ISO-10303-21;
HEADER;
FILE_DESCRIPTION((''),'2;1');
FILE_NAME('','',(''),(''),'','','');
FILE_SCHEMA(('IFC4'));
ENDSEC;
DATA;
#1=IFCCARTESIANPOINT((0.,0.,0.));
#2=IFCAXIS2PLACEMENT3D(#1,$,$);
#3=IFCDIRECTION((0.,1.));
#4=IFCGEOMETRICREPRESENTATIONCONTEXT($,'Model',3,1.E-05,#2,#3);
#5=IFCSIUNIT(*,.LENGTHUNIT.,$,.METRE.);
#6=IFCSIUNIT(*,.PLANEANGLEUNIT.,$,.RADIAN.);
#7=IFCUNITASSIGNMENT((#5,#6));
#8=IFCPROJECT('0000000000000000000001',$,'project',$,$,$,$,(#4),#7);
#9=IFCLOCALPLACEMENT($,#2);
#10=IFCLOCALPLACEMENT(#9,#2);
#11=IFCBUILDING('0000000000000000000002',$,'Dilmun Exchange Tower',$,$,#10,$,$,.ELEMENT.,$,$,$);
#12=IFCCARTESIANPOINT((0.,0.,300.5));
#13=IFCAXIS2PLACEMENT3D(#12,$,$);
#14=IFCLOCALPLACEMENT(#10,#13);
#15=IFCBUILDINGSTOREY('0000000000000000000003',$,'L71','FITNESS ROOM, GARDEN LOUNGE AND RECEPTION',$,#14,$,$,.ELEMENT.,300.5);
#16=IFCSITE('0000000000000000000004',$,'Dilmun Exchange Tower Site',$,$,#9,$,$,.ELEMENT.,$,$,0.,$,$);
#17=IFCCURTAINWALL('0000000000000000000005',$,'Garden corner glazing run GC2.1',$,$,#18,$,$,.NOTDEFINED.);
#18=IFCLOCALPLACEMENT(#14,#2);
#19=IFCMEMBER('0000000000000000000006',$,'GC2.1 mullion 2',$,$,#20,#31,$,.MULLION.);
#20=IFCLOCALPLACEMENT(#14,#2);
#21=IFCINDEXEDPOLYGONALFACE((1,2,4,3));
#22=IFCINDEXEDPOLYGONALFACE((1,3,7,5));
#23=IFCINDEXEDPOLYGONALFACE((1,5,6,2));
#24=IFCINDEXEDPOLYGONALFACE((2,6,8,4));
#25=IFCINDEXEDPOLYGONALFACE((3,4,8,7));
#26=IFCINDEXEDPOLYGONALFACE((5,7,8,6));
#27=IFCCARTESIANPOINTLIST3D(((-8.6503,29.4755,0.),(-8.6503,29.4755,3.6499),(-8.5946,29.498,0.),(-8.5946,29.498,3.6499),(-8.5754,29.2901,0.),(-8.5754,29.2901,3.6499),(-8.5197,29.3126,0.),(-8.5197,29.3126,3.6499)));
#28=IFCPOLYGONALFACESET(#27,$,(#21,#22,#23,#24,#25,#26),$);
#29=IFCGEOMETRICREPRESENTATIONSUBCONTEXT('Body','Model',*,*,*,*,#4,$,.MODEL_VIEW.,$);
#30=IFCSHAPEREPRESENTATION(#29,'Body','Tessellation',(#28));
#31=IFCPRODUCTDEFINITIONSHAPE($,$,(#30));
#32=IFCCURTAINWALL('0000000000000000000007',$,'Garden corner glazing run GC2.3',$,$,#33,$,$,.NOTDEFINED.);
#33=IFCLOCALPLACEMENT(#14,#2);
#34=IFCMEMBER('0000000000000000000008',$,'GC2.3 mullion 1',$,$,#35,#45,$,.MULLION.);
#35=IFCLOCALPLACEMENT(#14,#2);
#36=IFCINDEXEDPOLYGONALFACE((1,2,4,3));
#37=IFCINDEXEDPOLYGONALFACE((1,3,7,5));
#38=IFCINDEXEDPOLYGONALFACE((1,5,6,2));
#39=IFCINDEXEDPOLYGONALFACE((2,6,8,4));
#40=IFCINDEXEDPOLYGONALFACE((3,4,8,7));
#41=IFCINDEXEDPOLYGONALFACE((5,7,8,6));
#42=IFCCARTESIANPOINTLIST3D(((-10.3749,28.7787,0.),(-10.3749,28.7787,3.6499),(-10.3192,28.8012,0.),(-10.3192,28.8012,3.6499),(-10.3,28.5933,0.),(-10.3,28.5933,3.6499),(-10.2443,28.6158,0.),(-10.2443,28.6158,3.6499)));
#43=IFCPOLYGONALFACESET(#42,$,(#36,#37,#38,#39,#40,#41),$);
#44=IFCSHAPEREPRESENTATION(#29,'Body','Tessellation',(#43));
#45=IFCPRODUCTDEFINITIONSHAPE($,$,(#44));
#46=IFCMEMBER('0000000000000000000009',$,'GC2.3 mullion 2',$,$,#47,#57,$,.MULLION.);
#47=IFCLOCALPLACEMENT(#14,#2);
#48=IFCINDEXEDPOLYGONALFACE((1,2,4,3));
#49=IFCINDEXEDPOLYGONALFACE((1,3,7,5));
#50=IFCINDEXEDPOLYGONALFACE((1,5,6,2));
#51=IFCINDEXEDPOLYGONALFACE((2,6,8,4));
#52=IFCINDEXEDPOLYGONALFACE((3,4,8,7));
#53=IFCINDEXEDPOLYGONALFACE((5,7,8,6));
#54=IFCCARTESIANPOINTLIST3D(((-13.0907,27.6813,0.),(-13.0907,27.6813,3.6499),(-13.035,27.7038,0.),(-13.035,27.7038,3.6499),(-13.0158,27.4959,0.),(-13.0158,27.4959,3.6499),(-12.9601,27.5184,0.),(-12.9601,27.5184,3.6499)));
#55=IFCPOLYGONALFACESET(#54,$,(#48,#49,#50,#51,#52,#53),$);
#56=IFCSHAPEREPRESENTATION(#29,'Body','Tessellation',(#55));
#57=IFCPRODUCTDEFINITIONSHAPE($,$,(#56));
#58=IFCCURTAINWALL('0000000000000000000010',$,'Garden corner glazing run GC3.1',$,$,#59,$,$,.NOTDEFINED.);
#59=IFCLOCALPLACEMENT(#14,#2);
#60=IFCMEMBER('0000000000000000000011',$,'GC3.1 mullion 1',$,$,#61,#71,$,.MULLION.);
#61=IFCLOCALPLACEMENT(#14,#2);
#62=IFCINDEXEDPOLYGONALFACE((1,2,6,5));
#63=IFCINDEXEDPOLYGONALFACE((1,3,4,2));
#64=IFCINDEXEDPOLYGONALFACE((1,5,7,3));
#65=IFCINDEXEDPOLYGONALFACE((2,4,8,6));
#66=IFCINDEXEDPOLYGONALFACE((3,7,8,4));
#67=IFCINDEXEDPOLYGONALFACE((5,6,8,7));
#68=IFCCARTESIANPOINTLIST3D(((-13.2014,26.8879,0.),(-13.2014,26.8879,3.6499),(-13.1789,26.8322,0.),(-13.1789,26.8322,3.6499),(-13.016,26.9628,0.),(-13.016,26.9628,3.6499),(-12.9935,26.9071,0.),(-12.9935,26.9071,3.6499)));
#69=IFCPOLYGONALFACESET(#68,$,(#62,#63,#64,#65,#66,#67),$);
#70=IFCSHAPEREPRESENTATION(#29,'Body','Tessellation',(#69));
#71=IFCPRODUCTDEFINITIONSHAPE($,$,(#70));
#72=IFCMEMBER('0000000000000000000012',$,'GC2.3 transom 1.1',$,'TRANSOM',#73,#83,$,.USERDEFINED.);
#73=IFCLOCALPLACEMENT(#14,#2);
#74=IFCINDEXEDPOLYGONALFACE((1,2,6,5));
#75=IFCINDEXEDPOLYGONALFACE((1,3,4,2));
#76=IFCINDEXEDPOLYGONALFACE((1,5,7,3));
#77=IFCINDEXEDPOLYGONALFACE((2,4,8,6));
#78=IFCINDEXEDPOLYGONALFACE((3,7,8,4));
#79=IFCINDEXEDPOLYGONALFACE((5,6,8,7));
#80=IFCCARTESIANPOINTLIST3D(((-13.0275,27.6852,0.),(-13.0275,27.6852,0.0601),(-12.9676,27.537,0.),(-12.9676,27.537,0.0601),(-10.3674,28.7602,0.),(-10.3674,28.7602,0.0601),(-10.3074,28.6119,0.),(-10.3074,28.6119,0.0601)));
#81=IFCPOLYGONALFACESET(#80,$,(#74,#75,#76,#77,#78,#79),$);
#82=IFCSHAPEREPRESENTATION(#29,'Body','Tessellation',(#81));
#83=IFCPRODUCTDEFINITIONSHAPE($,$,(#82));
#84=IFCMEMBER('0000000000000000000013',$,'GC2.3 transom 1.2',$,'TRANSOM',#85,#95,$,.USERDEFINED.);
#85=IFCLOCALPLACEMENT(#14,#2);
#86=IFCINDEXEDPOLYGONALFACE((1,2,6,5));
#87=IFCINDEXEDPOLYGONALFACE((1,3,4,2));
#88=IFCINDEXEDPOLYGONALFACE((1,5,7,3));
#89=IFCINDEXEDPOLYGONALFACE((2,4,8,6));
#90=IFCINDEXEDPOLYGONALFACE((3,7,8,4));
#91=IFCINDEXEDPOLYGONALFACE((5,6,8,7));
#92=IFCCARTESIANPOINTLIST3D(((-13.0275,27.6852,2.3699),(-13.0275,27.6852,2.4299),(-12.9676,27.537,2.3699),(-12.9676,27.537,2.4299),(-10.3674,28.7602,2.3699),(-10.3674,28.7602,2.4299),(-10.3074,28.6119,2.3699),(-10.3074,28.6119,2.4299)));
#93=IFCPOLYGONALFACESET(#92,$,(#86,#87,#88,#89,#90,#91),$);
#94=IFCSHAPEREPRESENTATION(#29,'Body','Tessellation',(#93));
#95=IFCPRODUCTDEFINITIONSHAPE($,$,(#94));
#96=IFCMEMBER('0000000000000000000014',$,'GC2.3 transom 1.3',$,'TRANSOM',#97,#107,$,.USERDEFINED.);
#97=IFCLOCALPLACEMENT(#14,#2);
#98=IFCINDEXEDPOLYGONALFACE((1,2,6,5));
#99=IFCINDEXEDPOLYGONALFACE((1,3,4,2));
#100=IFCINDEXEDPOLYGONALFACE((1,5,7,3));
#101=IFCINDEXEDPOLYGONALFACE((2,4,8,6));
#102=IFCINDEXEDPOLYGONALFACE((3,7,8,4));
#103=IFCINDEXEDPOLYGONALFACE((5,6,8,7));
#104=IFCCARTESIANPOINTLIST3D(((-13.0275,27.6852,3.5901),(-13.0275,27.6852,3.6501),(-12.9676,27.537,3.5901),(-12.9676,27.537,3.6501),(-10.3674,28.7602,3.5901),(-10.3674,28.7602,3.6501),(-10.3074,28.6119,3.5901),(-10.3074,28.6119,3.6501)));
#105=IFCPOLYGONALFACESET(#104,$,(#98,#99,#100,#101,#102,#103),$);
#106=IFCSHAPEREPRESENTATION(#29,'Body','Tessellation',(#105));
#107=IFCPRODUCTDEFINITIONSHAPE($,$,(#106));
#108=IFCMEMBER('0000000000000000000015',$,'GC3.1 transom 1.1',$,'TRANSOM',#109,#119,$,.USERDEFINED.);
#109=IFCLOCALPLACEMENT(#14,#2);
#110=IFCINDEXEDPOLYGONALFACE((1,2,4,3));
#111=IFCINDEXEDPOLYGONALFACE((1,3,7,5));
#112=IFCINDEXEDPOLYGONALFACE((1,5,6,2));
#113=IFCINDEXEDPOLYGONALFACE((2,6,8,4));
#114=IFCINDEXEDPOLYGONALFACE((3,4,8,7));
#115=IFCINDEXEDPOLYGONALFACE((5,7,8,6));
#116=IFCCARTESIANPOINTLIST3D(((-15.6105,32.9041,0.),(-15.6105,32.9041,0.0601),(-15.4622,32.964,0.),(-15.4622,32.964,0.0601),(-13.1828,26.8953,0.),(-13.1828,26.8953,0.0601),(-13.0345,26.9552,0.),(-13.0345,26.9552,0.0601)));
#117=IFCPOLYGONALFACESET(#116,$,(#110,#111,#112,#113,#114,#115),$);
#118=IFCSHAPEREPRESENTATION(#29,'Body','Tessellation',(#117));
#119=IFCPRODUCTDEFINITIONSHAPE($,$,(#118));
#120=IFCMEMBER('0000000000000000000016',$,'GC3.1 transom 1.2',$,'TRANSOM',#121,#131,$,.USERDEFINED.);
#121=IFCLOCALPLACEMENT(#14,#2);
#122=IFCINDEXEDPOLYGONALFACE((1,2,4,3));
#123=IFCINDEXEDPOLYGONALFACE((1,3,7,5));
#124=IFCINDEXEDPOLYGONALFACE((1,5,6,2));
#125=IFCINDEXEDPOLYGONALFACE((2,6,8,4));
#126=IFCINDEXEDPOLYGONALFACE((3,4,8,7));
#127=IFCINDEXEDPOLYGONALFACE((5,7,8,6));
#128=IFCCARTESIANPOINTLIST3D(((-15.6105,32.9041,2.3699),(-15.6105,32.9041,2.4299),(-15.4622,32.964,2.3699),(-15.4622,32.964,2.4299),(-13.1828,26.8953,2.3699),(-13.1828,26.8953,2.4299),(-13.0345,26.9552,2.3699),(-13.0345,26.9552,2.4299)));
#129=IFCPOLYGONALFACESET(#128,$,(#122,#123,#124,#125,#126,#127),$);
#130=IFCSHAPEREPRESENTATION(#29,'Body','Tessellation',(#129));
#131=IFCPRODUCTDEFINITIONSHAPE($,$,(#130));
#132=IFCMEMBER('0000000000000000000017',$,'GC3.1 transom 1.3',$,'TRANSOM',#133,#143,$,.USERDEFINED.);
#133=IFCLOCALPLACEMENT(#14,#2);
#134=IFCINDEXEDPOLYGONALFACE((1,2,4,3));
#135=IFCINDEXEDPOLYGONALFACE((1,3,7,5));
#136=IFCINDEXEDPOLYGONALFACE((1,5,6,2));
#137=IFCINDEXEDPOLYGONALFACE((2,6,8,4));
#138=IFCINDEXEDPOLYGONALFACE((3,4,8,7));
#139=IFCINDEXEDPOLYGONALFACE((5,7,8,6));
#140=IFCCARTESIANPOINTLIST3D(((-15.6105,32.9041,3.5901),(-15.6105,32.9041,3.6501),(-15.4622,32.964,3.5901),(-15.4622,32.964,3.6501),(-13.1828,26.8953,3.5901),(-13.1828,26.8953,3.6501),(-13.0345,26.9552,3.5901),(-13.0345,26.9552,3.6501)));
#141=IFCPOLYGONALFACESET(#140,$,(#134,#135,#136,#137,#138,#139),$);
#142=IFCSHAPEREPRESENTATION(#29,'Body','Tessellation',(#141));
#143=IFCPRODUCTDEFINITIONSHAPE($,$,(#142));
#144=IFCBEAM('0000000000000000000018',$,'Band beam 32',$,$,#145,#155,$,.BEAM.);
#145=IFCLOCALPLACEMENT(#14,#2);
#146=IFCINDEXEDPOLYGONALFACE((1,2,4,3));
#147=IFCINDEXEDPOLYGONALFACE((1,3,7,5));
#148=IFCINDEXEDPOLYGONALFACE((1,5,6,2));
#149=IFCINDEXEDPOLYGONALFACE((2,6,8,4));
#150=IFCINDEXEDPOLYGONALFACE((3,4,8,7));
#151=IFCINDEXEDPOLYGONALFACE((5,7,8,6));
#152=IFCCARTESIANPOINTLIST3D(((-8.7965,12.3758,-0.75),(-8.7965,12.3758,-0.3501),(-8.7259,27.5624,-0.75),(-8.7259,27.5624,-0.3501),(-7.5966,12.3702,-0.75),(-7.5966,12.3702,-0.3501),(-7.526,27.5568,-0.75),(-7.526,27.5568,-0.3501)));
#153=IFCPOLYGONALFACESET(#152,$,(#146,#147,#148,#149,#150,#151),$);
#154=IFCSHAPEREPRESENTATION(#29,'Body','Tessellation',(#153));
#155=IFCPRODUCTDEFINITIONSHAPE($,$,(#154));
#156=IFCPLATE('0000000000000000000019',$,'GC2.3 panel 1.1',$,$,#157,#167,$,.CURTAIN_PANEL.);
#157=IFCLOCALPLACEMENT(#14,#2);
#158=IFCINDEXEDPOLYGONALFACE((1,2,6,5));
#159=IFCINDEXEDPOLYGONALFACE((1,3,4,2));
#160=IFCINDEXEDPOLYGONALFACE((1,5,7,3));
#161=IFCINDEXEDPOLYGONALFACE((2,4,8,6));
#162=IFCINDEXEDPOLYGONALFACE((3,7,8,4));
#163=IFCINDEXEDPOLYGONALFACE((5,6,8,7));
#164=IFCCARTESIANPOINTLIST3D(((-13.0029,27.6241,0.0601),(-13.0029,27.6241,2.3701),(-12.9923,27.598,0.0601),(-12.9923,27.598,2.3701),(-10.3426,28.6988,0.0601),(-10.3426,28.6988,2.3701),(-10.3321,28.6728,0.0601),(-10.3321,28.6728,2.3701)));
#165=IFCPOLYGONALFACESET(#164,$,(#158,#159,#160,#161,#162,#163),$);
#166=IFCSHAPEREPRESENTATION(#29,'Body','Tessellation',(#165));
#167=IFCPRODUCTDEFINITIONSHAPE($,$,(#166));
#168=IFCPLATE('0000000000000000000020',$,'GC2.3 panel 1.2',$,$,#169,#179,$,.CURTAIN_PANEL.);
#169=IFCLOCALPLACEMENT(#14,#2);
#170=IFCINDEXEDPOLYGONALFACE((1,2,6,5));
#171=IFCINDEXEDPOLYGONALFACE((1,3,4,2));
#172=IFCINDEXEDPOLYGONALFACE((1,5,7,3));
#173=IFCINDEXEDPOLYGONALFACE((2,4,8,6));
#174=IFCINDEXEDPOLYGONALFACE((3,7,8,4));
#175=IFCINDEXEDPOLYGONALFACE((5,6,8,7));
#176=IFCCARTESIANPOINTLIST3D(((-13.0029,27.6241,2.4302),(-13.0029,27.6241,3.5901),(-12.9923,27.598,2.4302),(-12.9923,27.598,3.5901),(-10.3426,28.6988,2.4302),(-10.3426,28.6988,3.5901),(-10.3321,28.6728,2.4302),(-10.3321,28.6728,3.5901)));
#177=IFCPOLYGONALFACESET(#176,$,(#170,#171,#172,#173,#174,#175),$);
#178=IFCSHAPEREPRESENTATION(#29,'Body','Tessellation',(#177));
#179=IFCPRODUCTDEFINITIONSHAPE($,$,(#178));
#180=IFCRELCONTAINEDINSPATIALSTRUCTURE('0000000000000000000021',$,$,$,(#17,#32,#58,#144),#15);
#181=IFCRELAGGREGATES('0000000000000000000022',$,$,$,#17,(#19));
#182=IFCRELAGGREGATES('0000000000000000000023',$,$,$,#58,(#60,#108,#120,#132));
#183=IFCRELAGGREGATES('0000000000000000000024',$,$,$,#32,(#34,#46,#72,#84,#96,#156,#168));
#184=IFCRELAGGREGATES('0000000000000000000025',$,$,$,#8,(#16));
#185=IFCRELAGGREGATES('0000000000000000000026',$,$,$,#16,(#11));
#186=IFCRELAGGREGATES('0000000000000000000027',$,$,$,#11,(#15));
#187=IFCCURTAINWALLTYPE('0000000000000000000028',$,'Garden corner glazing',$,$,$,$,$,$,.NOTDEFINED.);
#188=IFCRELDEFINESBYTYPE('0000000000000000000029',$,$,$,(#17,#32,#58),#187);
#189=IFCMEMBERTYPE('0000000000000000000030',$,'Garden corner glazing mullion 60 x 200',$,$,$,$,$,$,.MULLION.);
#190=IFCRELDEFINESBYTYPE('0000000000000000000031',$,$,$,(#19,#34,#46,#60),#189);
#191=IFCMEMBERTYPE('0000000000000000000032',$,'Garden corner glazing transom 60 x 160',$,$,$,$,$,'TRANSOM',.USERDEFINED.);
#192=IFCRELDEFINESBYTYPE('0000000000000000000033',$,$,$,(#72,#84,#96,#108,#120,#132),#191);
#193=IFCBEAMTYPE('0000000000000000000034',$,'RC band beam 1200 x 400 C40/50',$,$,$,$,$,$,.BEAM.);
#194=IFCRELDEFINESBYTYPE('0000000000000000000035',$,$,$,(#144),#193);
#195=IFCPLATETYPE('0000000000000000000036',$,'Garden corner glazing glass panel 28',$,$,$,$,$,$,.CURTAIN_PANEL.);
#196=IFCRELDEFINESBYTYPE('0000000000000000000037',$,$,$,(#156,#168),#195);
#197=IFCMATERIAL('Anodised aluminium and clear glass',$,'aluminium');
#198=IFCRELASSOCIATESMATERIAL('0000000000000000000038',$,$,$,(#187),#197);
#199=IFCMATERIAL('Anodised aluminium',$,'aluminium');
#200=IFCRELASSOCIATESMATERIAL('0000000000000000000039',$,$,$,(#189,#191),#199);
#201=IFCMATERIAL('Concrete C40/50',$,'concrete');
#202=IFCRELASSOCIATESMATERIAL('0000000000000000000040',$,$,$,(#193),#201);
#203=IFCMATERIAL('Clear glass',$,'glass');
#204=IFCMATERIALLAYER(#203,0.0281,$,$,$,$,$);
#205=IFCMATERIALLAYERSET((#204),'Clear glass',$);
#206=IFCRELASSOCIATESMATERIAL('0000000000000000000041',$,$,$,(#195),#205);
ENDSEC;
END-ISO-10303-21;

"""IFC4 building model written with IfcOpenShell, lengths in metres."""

from ifc_helpers import new_model, si_unit, direction, frame, origin, origin_2d, place, context, subcontext, project, spatial, rectangle, extrude, material, layer, layer_set, material_profile, profile_set, type_object, element, aggregate, save


model = new_model("IFC4")

# Units and contexts
model_context = context("Model", 3, precision=1e-05, world=origin(), true_north=direction((0.0, 1.0)))
body_context = subcontext(model_context, "Body", "Model", "MODEL_VIEW")
ifc_project = project(units=[si_unit("LENGTHUNIT", "METRE"), si_unit("PLANEANGLEUNIT", "RADIAN")], contexts=[model_context])

# Site, building, storey
site_placement = place(None, origin())
site = spatial("IfcSite", under=ifc_project, at=site_placement, Name="Dilmun Exchange Tower Site", CompositionType="ELEMENT", RefElevation=0.0)
building_placement = place(site_placement, origin())
building = spatial("IfcBuilding", under=site, at=building_placement, Name="Dilmun Exchange Tower", CompositionType="ELEMENT")
storey_placement = place(building_placement, frame((0.0, 0.0, 300.5)))
storey = spatial("IfcBuildingStorey", under=building, at=storey_placement, Name="L71", Description="FITNESS ROOM, GARDEN LOUNGE AND RECEPTION", CompositionType="ELEMENT", Elevation=300.5)

# Curtain wall, member
ifc_material_1 = material(Name="Anodised aluminium and clear glass", Category="aluminium")
curtain_wall_type = type_object("IfcCurtainWallType", Name="Garden corner glazing", PredefinedType="NOTDEFINED", material=ifc_material_1)
curtain_wall_1_placement = place(storey_placement, origin())
curtain_wall_1 = element("IfcCurtainWall", 1, at=curtain_wall_1_placement, inside=storey, type_object=curtain_wall_type, Name="Garden corner glazing run GC2.1", PredefinedType="NOTDEFINED")
ifc_material_2 = material(Name="Anodised aluminium", Category="aluminium")
ifc_material_profile_1 = material_profile(ifc_material_2, rectangle(XDim=0.2, YDim=0.0601, at=origin_2d()), Name="AL 60x200")
ifc_profile_set_1 = profile_set([ifc_material_profile_1], Name="Anodised aluminium")
member_type_1 = type_object("IfcMemberType", Name="Garden corner glazing mullion 60 x 200", PredefinedType="MULLION", material=ifc_profile_set_1)
member_1_placement = place(storey_placement, frame((-8.585, 29.394, 0.0), z_axis=(0.0, 0.0, 1.0), x_axis=(0.37459, -0.927191, 0.0)))
member_1 = element("IfcMember", 2, at=member_1_placement, type_object=member_type_1, Name="GC2.1 mullion 2", PredefinedType="MULLION", context=body_context, shape_type="SweptSolid", body=[
    extrude(rectangle(XDim=0.2, YDim=0.0601, at=origin_2d()), origin(), (0.0, 0.0, 1.0), 3.6499),
])
aggregate(curtain_wall_1, [member_1])

# Curtain wall, members
curtain_wall_2_placement = place(storey_placement, origin())
curtain_wall_2 = element("IfcCurtainWall", 3, at=curtain_wall_2_placement, inside=storey, type_object=curtain_wall_type, Name="Garden corner glazing run GC2.3", PredefinedType="NOTDEFINED")
member_2_placement = place(storey_placement, frame((-10.3096, 28.6973, 0.0), z_axis=(0.0, 0.0, 1.0), x_axis=(0.374601, -0.927186, 0.0)))
member_2 = element("IfcMember", 4, at=member_2_placement, type_object=member_type_1, Name="GC2.3 mullion 1", PredefinedType="MULLION", context=body_context, shape_type="SweptSolid", body=[
    extrude(rectangle(XDim=0.2, YDim=0.0601, at=origin_2d()), origin(), (0.0, 0.0, 1.0), 3.6499),
])
member_3_placement = place(storey_placement, frame((-13.0254, 27.5999, 0.0), z_axis=(0.0, 0.0, 1.0), x_axis=(0.374601, -0.927186, 0.0)))
member_3 = element("IfcMember", 5, at=member_3_placement, type_object=member_type_1, Name="GC2.3 mullion 2", PredefinedType="MULLION", context=body_context, shape_type="SweptSolid", body=[
    extrude(rectangle(XDim=0.2, YDim=0.0601, at=origin_2d()), origin(), (0.0, 0.0, 1.0), 3.6499),
])

# Curtain wall, member
curtain_wall_3_placement = place(storey_placement, origin())
curtain_wall_3 = element("IfcCurtainWall", 6, at=curtain_wall_3_placement, inside=storey, type_object=curtain_wall_type, Name="Garden corner glazing run GC3.1", PredefinedType="NOTDEFINED")
member_4_placement = place(storey_placement, frame((-13.0974, 26.8975, 0.0), z_axis=(0.0, 0.0, 1.0), x_axis=(-0.927181, -0.374614, 0.0)))
member_4 = element("IfcMember", 7, at=member_4_placement, type_object=member_type_1, Name="GC3.1 mullion 1", PredefinedType="MULLION", context=body_context, shape_type="SweptSolid", body=[
    extrude(rectangle(XDim=0.2, YDim=0.0601, at=origin_2d()), origin(), (0.0, 0.0, 1.0), 3.6499),
])

# Members
ifc_material_profile_2 = material_profile(ifc_material_2, rectangle(XDim=0.1599, YDim=0.0601, at=origin_2d()), Name="AL 60x160")
ifc_profile_set_2 = profile_set([ifc_material_profile_2], Name="Anodised aluminium")
member_type_2 = type_object("IfcMemberType", Name="Garden corner glazing transom 60 x 160", ElementType="TRANSOM", PredefinedType="USERDEFINED", material=ifc_profile_set_2)
member_5_placement = place(storey_placement, frame((-10.3374, 28.686, 0.03), z_axis=(-0.927162, -0.37466, 0.0), x_axis=(0.37466, -0.927162, 0.0)))
member_5 = element("IfcMember", 8, at=member_5_placement, type_object=member_type_2, Name="GC2.3 transom 1.1", ObjectType="TRANSOM", PredefinedType="USERDEFINED", context=body_context, shape_type="SweptSolid", body=[
    extrude(rectangle(XDim=0.1599, YDim=0.0601, at=origin_2d()), origin(), (0.0, 0.0, 1.0), 2.8691),
])
member_6_placement = place(storey_placement, frame((-10.3374, 28.686, 2.3999), z_axis=(-0.927162, -0.37466, 0.0), x_axis=(0.37466, -0.927162, 0.0)))
member_6 = element("IfcMember", 9, at=member_6_placement, type_object=member_type_2, Name="GC2.3 transom 1.2", ObjectType="TRANSOM", PredefinedType="USERDEFINED", context=body_context, shape_type="SweptSolid", body=[
    extrude(rectangle(XDim=0.1599, YDim=0.0601, at=origin_2d()), origin(), (0.0, 0.0, 1.0), 2.8691),
])
member_7_placement = place(storey_placement, frame((-10.3374, 28.686, 3.6201), z_axis=(-0.927162, -0.37466, 0.0), x_axis=(0.37466, -0.927162, 0.0)))
member_7 = element("IfcMember", 10, at=member_7_placement, type_object=member_type_2, Name="GC2.3 transom 1.3", ObjectType="TRANSOM", PredefinedType="USERDEFINED", context=body_context, shape_type="SweptSolid", body=[
    extrude(rectangle(XDim=0.1599, YDim=0.0601, at=origin_2d()), origin(), (0.0, 0.0, 1.0), 2.8691),
])
member_8_placement = place(storey_placement, frame((-13.1086, 26.9253, 0.03), z_axis=(-0.37461, 0.927182, 0.0), x_axis=(-0.927182, -0.37461, 0.0)))
member_8 = element("IfcMember", 11, at=member_8_placement, type_object=member_type_2, Name="GC3.1 transom 1.1", ObjectType="TRANSOM", PredefinedType="USERDEFINED", context=body_context, shape_type="SweptSolid", body=[
    extrude(rectangle(XDim=0.1599, YDim=0.0601, at=origin_2d()), origin(), (0.0, 0.0, 1.0), 6.4807),
])
member_9_placement = place(storey_placement, frame((-13.1086, 26.9253, 2.3999), z_axis=(-0.37461, 0.927182, 0.0), x_axis=(-0.927182, -0.37461, 0.0)))
member_9 = element("IfcMember", 12, at=member_9_placement, type_object=member_type_2, Name="GC3.1 transom 1.2", ObjectType="TRANSOM", PredefinedType="USERDEFINED", context=body_context, shape_type="SweptSolid", body=[
    extrude(rectangle(XDim=0.1599, YDim=0.0601, at=origin_2d()), origin(), (0.0, 0.0, 1.0), 6.4807),
])
member_10_placement = place(storey_placement, frame((-13.1086, 26.9253, 3.6201), z_axis=(-0.37461, 0.927182, 0.0), x_axis=(-0.927182, -0.37461, 0.0)))
member_10 = element("IfcMember", 13, at=member_10_placement, type_object=member_type_2, Name="GC3.1 transom 1.3", ObjectType="TRANSOM", PredefinedType="USERDEFINED", context=body_context, shape_type="SweptSolid", body=[
    extrude(rectangle(XDim=0.1599, YDim=0.0601, at=origin_2d()), origin(), (0.0, 0.0, 1.0), 6.4807),
])
aggregate(curtain_wall_3, [member_4, member_8, member_9, member_10])

# Beam
ifc_material_3 = material(Name="Concrete C40/50", Category="concrete")
ifc_material_profile_3 = material_profile(ifc_material_3, rectangle(XDim=1.2, YDim=0.3999, at=origin_2d()), Name="1200 x 400")
ifc_profile_set_3 = profile_set([ifc_material_profile_3], Name="Concrete C40/50")
beam_type = type_object("IfcBeamType", Name="RC band beam 1200 x 400 C40/50", PredefinedType="BEAM", material=ifc_profile_set_3)
beam_placement = place(storey_placement, frame((-8.126, 27.5596, -0.55), z_axis=(-0.004646, -0.999989, 0.0), x_axis=(0.999989, -0.004646, 0.0)))
element("IfcBeam", 14, at=beam_placement, inside=storey, type_object=beam_type, Name="Band beam 32", PredefinedType="BEAM", context=body_context, shape_type="SweptSolid", body=[
    extrude(rectangle(XDim=1.2, YDim=0.3999, at=origin_2d()), origin(), (0.0, 0.0, 1.0), 15.1868),
])

# Plates
ifc_material_4 = material(Name="Clear glass", Category="glass")
ifc_layer_1 = layer(ifc_material_4, 0.0281)
ifc_layer_set_1 = layer_set([ifc_layer_1], Name="Clear glass")
plate_type = type_object("IfcPlateType", Name="Garden corner glazing glass panel 28", PredefinedType="CURTAIN_PANEL", material=ifc_layer_set_1)
plate_1_placement = place(storey_placement, frame((-11.6675, 28.1484, 0.0601), z_axis=(0.0, 0.0, 1.0), x_axis=(-0.927186, -0.374601, 0.0)))
plate_1 = element("IfcPlate", 15, at=plate_1_placement, type_object=plate_type, Name="GC2.3 panel 1.1", PredefinedType="CURTAIN_PANEL", context=body_context, shape_type="SweptSolid", body=[
    extrude(rectangle(XDim=2.8691, YDim=0.0281, at=origin_2d()), origin(), (0.0, 0.0, 1.0), 2.3101),
])
plate_2_placement = place(storey_placement, frame((-11.6675, 28.1484, 2.4302), z_axis=(0.0, 0.0, 1.0), x_axis=(-0.927186, -0.374601, 0.0)))
plate_2 = element("IfcPlate", 16, at=plate_2_placement, type_object=plate_type, Name="GC2.3 panel 1.2", PredefinedType="CURTAIN_PANEL", context=body_context, shape_type="SweptSolid", body=[
    extrude(rectangle(XDim=2.8691, YDim=0.0281, at=origin_2d()), origin(), (0.0, 0.0, 1.0), 1.1599),
])
aggregate(curtain_wall_2, [member_2, member_3, member_5, member_6, member_7, plate_1, plate_2])

save(model, "model.ifc")
